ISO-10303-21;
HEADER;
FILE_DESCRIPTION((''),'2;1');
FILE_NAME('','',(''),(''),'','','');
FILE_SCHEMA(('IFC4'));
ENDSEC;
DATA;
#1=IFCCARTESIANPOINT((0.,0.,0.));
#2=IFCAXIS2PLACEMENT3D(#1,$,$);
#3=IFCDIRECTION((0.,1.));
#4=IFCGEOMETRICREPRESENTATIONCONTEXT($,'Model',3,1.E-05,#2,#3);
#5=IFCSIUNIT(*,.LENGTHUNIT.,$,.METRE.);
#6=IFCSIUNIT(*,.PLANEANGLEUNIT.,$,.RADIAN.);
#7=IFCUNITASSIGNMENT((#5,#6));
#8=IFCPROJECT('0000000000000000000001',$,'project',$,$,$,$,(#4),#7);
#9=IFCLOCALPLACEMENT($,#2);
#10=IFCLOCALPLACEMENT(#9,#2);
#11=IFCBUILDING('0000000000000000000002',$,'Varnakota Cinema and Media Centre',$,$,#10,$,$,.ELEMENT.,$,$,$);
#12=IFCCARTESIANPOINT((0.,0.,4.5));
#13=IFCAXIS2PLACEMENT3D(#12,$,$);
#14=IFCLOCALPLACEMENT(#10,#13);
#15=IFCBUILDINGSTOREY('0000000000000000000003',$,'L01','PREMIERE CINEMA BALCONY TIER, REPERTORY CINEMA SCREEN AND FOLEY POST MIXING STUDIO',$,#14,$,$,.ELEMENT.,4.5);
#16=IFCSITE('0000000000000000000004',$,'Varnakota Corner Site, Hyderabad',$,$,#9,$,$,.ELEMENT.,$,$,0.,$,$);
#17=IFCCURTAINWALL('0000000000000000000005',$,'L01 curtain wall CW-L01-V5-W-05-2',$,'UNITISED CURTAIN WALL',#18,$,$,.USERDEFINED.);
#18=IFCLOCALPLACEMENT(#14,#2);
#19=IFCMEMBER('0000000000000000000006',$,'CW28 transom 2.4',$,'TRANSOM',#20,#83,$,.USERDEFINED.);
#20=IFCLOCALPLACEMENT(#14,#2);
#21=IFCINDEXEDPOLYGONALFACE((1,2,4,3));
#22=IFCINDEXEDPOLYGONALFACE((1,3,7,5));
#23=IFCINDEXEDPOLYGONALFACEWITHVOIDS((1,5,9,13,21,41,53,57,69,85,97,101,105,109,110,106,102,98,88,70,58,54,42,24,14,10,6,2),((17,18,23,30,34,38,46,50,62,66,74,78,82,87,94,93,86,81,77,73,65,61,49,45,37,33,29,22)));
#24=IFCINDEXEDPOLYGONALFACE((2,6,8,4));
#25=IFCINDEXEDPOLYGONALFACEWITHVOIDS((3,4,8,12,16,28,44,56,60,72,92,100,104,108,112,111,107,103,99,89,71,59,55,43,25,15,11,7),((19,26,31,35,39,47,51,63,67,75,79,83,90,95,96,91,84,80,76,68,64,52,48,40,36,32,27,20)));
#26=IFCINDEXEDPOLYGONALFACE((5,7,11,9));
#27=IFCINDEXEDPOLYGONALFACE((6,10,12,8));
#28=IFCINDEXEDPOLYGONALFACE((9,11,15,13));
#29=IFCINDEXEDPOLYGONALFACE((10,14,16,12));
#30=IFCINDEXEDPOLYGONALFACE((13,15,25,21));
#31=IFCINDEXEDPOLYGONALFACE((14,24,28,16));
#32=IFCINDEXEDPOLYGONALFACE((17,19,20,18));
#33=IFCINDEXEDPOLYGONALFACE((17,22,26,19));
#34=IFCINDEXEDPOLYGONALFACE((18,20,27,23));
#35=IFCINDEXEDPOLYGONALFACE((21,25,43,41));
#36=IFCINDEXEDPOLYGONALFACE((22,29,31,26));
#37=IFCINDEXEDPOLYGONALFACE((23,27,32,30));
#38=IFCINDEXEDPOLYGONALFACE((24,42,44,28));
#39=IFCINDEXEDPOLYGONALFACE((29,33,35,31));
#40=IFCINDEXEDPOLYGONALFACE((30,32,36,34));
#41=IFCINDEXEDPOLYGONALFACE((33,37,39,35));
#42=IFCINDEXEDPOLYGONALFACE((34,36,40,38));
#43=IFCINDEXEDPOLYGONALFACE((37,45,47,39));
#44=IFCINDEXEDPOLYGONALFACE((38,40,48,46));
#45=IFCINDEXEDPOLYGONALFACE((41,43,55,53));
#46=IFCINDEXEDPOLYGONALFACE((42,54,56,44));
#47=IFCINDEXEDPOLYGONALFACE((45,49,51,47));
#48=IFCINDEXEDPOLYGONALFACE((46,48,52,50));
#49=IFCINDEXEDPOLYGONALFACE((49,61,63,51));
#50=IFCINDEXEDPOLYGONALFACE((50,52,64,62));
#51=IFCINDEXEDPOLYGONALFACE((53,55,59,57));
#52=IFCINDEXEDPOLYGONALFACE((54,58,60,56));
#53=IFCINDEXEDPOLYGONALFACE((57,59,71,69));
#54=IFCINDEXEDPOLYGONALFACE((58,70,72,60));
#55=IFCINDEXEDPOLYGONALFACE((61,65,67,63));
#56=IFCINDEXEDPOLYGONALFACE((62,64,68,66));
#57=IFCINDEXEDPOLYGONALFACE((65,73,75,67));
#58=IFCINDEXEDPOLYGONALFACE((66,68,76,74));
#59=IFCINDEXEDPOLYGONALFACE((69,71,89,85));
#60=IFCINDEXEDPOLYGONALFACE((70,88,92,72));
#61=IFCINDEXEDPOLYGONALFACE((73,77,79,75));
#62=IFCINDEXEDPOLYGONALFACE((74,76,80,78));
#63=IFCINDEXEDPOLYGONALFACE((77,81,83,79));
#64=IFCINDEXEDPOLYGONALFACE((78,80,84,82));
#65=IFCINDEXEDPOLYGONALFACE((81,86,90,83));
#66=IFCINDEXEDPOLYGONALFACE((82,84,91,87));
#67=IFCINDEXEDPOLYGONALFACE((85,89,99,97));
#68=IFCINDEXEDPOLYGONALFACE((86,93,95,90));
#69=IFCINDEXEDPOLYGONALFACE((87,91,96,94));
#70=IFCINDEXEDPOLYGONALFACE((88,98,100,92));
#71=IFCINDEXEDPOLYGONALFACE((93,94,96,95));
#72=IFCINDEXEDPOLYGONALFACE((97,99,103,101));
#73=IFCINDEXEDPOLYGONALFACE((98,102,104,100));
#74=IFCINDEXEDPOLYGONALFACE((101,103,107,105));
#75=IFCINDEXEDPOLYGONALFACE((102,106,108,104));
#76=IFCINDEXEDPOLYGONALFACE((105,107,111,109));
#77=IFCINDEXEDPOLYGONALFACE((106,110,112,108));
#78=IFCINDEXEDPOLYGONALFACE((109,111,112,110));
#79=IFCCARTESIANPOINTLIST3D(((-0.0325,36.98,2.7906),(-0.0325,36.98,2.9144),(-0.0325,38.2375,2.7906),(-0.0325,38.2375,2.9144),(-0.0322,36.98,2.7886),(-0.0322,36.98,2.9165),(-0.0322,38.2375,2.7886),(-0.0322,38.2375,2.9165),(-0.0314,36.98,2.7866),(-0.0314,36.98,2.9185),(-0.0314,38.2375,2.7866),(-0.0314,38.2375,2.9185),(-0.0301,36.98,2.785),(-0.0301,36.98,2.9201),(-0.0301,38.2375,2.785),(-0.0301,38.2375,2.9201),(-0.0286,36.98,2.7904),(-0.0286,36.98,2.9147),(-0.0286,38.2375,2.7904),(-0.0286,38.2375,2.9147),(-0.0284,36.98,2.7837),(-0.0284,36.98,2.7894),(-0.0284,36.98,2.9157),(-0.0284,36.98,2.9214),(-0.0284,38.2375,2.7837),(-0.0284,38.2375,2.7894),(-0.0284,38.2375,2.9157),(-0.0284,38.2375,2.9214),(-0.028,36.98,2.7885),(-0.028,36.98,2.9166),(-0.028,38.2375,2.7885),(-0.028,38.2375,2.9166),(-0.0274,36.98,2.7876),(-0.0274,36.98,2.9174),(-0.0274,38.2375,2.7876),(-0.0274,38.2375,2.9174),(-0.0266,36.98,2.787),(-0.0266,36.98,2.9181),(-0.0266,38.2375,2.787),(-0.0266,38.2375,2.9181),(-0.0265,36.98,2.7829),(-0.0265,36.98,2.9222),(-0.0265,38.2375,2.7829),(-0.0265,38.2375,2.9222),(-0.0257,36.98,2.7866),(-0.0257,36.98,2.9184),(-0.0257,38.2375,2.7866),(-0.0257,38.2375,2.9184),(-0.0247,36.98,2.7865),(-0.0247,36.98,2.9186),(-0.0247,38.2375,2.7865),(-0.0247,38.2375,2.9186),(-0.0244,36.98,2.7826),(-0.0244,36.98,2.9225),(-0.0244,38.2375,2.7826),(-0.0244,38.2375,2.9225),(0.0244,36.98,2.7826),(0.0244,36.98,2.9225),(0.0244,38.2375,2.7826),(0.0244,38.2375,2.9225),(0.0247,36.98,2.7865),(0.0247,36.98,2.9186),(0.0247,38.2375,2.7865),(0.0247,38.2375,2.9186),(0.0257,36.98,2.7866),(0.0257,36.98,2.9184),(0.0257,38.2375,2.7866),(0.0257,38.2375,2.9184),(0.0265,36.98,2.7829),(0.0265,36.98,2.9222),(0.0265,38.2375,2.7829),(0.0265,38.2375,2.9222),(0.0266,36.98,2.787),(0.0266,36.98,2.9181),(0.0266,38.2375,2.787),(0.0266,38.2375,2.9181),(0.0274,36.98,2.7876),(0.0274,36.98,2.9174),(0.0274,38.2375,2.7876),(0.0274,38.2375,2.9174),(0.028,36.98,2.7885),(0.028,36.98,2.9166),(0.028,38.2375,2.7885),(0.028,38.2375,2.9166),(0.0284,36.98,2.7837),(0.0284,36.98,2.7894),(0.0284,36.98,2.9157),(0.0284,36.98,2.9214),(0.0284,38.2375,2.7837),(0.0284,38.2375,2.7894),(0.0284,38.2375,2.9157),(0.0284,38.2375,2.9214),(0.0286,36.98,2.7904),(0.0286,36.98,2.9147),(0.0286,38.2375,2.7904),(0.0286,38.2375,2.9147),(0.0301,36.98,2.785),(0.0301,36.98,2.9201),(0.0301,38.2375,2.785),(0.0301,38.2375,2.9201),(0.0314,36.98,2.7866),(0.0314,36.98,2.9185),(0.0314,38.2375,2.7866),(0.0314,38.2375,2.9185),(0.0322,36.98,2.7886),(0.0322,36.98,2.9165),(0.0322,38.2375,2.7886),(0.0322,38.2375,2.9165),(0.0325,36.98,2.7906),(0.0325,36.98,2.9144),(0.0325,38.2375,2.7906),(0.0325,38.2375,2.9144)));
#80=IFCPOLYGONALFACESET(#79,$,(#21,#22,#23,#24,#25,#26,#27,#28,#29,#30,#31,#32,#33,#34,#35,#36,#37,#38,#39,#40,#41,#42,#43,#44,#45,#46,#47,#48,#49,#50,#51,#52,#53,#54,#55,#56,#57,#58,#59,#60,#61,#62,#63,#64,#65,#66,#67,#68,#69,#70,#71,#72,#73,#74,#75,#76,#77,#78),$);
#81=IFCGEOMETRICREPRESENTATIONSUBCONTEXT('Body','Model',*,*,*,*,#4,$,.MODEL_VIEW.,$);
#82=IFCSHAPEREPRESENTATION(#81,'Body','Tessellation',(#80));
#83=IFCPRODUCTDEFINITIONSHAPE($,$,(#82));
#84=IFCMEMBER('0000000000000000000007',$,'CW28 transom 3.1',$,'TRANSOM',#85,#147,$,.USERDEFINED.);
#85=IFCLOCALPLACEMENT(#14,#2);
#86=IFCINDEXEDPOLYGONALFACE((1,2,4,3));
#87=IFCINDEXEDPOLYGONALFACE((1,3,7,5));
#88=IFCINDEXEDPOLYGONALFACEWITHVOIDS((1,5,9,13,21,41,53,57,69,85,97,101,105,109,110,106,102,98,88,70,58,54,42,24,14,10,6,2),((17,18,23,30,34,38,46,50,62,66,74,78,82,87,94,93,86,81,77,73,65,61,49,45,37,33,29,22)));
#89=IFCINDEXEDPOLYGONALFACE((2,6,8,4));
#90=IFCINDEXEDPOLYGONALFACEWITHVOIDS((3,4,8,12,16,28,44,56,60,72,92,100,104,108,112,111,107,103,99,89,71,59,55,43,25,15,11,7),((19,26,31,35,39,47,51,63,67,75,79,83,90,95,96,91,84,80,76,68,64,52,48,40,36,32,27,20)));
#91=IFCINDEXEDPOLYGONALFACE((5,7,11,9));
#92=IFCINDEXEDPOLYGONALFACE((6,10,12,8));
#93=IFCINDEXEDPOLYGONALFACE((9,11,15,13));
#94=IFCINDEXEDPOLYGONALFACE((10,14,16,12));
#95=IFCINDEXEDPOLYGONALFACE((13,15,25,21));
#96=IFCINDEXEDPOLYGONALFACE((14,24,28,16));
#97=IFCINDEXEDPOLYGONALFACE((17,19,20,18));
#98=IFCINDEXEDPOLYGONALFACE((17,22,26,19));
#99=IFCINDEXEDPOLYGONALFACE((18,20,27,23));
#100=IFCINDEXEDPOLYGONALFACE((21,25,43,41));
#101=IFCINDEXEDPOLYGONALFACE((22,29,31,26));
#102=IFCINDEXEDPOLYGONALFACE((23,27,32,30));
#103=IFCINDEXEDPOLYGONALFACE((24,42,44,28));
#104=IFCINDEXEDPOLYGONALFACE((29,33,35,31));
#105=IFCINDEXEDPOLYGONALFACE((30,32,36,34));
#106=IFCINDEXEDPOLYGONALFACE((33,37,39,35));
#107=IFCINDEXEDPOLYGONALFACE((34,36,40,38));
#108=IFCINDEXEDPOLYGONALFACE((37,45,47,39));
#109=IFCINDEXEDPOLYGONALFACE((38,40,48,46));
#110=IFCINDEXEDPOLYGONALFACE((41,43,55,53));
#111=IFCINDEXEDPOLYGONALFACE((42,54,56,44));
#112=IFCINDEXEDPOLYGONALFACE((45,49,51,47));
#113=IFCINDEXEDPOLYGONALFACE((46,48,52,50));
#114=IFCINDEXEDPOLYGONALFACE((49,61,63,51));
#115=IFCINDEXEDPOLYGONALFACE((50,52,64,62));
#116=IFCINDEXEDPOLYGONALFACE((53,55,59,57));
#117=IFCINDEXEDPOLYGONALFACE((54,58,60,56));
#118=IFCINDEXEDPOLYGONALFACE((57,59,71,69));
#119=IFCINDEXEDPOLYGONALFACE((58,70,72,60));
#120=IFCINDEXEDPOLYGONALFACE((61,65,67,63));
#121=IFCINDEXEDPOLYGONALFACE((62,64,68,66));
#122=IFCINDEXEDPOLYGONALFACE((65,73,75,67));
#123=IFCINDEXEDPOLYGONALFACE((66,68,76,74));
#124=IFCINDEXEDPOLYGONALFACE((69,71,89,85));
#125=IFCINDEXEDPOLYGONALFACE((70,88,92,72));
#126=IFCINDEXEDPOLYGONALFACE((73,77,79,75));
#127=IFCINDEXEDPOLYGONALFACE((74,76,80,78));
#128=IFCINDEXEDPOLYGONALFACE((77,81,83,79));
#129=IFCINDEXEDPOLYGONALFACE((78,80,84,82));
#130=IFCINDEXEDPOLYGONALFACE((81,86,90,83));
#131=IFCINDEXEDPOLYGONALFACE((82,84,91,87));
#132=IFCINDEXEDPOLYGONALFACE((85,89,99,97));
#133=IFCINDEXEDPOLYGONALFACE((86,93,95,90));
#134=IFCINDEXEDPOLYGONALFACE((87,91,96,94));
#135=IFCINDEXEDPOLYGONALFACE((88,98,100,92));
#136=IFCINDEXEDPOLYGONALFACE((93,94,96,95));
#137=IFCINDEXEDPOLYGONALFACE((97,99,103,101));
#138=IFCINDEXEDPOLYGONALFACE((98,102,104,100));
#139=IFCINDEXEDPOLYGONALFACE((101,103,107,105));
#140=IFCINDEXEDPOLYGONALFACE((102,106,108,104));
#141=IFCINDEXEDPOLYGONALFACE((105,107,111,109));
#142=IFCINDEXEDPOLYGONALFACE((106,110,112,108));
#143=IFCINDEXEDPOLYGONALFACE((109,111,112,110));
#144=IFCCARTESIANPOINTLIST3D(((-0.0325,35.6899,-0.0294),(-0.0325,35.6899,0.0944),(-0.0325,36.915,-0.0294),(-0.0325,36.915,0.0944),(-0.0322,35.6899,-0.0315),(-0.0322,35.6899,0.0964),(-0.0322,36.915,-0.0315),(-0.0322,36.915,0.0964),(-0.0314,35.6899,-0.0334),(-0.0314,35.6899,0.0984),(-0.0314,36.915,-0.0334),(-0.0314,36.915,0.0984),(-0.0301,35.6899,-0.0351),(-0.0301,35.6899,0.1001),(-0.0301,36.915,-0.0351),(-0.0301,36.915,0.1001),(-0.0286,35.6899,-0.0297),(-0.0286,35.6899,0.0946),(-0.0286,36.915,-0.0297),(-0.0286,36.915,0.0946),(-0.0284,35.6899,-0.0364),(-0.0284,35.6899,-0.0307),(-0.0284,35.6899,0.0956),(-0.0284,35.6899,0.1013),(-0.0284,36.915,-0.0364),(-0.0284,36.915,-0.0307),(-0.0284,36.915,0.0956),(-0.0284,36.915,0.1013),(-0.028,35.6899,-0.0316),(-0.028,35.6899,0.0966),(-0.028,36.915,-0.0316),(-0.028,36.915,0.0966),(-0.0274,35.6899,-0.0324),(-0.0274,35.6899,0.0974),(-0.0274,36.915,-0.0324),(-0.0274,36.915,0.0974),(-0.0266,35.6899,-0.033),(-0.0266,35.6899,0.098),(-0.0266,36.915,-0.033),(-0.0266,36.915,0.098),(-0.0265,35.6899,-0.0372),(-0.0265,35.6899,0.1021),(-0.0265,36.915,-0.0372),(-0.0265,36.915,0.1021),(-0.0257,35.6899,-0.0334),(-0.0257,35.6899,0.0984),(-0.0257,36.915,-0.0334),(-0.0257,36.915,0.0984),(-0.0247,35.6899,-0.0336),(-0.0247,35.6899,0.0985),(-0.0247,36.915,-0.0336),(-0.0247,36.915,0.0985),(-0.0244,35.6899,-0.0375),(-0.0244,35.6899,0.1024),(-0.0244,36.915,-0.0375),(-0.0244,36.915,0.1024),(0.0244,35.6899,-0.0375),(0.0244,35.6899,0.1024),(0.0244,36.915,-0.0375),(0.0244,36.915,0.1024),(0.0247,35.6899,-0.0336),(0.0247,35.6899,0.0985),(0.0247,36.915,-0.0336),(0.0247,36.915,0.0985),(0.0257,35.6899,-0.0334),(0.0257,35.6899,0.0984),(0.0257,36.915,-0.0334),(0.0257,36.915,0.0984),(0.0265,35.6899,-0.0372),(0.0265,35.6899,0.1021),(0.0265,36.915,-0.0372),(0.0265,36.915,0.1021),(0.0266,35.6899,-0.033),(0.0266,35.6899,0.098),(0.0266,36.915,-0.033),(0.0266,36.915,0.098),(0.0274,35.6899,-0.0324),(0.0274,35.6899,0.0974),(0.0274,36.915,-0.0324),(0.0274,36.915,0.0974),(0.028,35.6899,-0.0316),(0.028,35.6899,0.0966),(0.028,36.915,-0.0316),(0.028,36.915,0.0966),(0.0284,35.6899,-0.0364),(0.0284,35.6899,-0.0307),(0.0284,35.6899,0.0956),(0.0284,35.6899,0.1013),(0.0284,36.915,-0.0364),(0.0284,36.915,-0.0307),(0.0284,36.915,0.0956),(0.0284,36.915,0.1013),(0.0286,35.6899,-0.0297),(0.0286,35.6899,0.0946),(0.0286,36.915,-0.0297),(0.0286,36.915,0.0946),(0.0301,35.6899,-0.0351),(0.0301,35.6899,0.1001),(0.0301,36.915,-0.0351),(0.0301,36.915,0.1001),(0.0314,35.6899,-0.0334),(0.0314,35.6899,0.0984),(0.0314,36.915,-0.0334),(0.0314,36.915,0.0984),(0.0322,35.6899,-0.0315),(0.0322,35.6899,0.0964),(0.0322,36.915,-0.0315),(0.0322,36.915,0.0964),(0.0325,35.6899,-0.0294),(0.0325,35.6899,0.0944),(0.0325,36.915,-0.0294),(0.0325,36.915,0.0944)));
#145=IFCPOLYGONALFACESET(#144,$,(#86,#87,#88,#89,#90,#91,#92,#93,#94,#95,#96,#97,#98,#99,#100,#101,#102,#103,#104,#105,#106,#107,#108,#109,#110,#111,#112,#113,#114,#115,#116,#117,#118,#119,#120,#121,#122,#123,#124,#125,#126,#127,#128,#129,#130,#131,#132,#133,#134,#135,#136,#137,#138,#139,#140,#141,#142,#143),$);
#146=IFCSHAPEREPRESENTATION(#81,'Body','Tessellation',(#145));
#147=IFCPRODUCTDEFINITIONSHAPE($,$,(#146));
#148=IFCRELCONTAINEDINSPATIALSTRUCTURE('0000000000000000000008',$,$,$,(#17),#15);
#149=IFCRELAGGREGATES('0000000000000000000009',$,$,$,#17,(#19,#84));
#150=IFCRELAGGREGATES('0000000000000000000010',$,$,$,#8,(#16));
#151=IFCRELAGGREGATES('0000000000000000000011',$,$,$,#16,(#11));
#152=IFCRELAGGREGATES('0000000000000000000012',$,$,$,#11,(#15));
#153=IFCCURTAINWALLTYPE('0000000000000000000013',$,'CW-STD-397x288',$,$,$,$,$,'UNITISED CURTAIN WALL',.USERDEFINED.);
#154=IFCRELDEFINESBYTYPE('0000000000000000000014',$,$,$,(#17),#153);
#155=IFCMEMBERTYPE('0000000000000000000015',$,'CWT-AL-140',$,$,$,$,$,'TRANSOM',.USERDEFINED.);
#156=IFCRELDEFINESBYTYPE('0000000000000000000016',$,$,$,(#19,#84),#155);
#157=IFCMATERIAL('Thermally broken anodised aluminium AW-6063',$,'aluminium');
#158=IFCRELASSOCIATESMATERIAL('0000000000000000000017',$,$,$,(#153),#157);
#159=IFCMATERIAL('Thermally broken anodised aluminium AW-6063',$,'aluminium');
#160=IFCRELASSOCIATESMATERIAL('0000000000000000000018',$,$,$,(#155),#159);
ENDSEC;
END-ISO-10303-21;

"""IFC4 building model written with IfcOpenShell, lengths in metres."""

from ifc_helpers import new_model, si_unit, direction, frame, origin, origin_2d, place, context, subcontext, project, spatial, hollow_rectangle, extrude, material, material_profile, profile_set, type_object, element, aggregate, save


model = new_model("IFC4")

# Units and contexts
model_context = context("Model", 3, precision=1e-05, world=origin(), true_north=direction((0.0, 1.0)))
body_context = subcontext(model_context, "Body", "Model", "MODEL_VIEW")
ifc_project = project(units=[si_unit("LENGTHUNIT", "METRE"), si_unit("PLANEANGLEUNIT", "RADIAN")], contexts=[model_context])

# Site, building, storey
site_placement = place(None, origin())
site = spatial("IfcSite", under=ifc_project, at=site_placement, Name="Varnakota Corner Site, Hyderabad", CompositionType="ELEMENT", RefElevation=0.0)
building_placement = place(site_placement, origin())
building = spatial("IfcBuilding", under=site, at=building_placement, Name="Varnakota Cinema and Media Centre", CompositionType="ELEMENT")
storey_placement = place(building_placement, frame((0.0, 0.0, 4.5)))
storey = spatial("IfcBuildingStorey", under=building, at=storey_placement, Name="L01", Description="PREMIERE CINEMA BALCONY TIER, REPERTORY CINEMA SCREEN AND FOLEY POST MIXING STUDIO", CompositionType="ELEMENT", Elevation=4.5)

# Shared definitions
ifc_material_1 = material(Name="Thermally broken anodised aluminium AW-6063", Category="aluminium")
curtain_wall_type = type_object("IfcCurtainWallType", Name="CW-STD-397x288", ElementType="UNITISED CURTAIN WALL", PredefinedType="USERDEFINED", material=ifc_material_1)

# Curtain wall
curtain_wall_1_placement = place(storey_placement, origin())
curtain_wall_1 = element("IfcCurtainWall", 1, at=curtain_wall_1_placement, inside=storey, type_object=curtain_wall_type, Name="L01 curtain wall CW-L01-V5-W-05-2", ObjectType="UNITISED CURTAIN WALL", PredefinedType="USERDEFINED")

# Members
ifc_material_2 = material(Name="Thermally broken anodised aluminium AW-6063", Category="aluminium")
ifc_material_profile_1 = material_profile(ifc_material_2, hollow_rectangle(XDim=0.0649, YDim=0.1399, WallThickness=0.0039, InnerFilletRadius=0.0039, OuterFilletRadius=0.0081, at=origin_2d()), Name="AL-TRANSOM 140x65x4")
ifc_profile_set_1 = profile_set([ifc_material_profile_1], Name="Thermally broken anodised aluminium AW-6063")
member_type_1 = type_object("IfcMemberType", Name="CWT-AL-140", ElementType="TRANSOM", PredefinedType="USERDEFINED", material=ifc_profile_set_1)
member_1_placement = place(storey_placement, frame((0.0, 38.2375, 2.8525), z_axis=(0.0, -1.0, 0.0), x_axis=(1.0, 0.0, 0.0)))
member_1 = element("IfcMember", 2, at=member_1_placement, type_object=member_type_1, Name="CW28 transom 2.4", ObjectType="TRANSOM", PredefinedType="USERDEFINED", context=body_context, shape_type="SweptSolid", body=[
    extrude(hollow_rectangle(XDim=0.0649, YDim=0.1399, WallThickness=0.0039, InnerFilletRadius=0.0039, OuterFilletRadius=0.0081, at=origin_2d()), origin(), (0.0, 0.0, 1.0), 1.2576),
])
member_2_placement = place(storey_placement, frame((0.0, 36.915, 0.0325), z_axis=(0.0, -1.0, 0.0), x_axis=(1.0, 0.0, 0.0)))
member_2 = element("IfcMember", 3, at=member_2_placement, type_object=member_type_1, Name="CW28 transom 3.1", ObjectType="TRANSOM", PredefinedType="USERDEFINED", context=body_context, shape_type="SweptSolid", body=[
    extrude(hollow_rectangle(XDim=0.0649, YDim=0.1399, WallThickness=0.0039, InnerFilletRadius=0.0039, OuterFilletRadius=0.0081, at=origin_2d()), origin(), (0.0, 0.0, 1.0), 1.2251),
])

aggregate(curtain_wall_1, [member_1, member_2])

save(model, "model.ifc")
